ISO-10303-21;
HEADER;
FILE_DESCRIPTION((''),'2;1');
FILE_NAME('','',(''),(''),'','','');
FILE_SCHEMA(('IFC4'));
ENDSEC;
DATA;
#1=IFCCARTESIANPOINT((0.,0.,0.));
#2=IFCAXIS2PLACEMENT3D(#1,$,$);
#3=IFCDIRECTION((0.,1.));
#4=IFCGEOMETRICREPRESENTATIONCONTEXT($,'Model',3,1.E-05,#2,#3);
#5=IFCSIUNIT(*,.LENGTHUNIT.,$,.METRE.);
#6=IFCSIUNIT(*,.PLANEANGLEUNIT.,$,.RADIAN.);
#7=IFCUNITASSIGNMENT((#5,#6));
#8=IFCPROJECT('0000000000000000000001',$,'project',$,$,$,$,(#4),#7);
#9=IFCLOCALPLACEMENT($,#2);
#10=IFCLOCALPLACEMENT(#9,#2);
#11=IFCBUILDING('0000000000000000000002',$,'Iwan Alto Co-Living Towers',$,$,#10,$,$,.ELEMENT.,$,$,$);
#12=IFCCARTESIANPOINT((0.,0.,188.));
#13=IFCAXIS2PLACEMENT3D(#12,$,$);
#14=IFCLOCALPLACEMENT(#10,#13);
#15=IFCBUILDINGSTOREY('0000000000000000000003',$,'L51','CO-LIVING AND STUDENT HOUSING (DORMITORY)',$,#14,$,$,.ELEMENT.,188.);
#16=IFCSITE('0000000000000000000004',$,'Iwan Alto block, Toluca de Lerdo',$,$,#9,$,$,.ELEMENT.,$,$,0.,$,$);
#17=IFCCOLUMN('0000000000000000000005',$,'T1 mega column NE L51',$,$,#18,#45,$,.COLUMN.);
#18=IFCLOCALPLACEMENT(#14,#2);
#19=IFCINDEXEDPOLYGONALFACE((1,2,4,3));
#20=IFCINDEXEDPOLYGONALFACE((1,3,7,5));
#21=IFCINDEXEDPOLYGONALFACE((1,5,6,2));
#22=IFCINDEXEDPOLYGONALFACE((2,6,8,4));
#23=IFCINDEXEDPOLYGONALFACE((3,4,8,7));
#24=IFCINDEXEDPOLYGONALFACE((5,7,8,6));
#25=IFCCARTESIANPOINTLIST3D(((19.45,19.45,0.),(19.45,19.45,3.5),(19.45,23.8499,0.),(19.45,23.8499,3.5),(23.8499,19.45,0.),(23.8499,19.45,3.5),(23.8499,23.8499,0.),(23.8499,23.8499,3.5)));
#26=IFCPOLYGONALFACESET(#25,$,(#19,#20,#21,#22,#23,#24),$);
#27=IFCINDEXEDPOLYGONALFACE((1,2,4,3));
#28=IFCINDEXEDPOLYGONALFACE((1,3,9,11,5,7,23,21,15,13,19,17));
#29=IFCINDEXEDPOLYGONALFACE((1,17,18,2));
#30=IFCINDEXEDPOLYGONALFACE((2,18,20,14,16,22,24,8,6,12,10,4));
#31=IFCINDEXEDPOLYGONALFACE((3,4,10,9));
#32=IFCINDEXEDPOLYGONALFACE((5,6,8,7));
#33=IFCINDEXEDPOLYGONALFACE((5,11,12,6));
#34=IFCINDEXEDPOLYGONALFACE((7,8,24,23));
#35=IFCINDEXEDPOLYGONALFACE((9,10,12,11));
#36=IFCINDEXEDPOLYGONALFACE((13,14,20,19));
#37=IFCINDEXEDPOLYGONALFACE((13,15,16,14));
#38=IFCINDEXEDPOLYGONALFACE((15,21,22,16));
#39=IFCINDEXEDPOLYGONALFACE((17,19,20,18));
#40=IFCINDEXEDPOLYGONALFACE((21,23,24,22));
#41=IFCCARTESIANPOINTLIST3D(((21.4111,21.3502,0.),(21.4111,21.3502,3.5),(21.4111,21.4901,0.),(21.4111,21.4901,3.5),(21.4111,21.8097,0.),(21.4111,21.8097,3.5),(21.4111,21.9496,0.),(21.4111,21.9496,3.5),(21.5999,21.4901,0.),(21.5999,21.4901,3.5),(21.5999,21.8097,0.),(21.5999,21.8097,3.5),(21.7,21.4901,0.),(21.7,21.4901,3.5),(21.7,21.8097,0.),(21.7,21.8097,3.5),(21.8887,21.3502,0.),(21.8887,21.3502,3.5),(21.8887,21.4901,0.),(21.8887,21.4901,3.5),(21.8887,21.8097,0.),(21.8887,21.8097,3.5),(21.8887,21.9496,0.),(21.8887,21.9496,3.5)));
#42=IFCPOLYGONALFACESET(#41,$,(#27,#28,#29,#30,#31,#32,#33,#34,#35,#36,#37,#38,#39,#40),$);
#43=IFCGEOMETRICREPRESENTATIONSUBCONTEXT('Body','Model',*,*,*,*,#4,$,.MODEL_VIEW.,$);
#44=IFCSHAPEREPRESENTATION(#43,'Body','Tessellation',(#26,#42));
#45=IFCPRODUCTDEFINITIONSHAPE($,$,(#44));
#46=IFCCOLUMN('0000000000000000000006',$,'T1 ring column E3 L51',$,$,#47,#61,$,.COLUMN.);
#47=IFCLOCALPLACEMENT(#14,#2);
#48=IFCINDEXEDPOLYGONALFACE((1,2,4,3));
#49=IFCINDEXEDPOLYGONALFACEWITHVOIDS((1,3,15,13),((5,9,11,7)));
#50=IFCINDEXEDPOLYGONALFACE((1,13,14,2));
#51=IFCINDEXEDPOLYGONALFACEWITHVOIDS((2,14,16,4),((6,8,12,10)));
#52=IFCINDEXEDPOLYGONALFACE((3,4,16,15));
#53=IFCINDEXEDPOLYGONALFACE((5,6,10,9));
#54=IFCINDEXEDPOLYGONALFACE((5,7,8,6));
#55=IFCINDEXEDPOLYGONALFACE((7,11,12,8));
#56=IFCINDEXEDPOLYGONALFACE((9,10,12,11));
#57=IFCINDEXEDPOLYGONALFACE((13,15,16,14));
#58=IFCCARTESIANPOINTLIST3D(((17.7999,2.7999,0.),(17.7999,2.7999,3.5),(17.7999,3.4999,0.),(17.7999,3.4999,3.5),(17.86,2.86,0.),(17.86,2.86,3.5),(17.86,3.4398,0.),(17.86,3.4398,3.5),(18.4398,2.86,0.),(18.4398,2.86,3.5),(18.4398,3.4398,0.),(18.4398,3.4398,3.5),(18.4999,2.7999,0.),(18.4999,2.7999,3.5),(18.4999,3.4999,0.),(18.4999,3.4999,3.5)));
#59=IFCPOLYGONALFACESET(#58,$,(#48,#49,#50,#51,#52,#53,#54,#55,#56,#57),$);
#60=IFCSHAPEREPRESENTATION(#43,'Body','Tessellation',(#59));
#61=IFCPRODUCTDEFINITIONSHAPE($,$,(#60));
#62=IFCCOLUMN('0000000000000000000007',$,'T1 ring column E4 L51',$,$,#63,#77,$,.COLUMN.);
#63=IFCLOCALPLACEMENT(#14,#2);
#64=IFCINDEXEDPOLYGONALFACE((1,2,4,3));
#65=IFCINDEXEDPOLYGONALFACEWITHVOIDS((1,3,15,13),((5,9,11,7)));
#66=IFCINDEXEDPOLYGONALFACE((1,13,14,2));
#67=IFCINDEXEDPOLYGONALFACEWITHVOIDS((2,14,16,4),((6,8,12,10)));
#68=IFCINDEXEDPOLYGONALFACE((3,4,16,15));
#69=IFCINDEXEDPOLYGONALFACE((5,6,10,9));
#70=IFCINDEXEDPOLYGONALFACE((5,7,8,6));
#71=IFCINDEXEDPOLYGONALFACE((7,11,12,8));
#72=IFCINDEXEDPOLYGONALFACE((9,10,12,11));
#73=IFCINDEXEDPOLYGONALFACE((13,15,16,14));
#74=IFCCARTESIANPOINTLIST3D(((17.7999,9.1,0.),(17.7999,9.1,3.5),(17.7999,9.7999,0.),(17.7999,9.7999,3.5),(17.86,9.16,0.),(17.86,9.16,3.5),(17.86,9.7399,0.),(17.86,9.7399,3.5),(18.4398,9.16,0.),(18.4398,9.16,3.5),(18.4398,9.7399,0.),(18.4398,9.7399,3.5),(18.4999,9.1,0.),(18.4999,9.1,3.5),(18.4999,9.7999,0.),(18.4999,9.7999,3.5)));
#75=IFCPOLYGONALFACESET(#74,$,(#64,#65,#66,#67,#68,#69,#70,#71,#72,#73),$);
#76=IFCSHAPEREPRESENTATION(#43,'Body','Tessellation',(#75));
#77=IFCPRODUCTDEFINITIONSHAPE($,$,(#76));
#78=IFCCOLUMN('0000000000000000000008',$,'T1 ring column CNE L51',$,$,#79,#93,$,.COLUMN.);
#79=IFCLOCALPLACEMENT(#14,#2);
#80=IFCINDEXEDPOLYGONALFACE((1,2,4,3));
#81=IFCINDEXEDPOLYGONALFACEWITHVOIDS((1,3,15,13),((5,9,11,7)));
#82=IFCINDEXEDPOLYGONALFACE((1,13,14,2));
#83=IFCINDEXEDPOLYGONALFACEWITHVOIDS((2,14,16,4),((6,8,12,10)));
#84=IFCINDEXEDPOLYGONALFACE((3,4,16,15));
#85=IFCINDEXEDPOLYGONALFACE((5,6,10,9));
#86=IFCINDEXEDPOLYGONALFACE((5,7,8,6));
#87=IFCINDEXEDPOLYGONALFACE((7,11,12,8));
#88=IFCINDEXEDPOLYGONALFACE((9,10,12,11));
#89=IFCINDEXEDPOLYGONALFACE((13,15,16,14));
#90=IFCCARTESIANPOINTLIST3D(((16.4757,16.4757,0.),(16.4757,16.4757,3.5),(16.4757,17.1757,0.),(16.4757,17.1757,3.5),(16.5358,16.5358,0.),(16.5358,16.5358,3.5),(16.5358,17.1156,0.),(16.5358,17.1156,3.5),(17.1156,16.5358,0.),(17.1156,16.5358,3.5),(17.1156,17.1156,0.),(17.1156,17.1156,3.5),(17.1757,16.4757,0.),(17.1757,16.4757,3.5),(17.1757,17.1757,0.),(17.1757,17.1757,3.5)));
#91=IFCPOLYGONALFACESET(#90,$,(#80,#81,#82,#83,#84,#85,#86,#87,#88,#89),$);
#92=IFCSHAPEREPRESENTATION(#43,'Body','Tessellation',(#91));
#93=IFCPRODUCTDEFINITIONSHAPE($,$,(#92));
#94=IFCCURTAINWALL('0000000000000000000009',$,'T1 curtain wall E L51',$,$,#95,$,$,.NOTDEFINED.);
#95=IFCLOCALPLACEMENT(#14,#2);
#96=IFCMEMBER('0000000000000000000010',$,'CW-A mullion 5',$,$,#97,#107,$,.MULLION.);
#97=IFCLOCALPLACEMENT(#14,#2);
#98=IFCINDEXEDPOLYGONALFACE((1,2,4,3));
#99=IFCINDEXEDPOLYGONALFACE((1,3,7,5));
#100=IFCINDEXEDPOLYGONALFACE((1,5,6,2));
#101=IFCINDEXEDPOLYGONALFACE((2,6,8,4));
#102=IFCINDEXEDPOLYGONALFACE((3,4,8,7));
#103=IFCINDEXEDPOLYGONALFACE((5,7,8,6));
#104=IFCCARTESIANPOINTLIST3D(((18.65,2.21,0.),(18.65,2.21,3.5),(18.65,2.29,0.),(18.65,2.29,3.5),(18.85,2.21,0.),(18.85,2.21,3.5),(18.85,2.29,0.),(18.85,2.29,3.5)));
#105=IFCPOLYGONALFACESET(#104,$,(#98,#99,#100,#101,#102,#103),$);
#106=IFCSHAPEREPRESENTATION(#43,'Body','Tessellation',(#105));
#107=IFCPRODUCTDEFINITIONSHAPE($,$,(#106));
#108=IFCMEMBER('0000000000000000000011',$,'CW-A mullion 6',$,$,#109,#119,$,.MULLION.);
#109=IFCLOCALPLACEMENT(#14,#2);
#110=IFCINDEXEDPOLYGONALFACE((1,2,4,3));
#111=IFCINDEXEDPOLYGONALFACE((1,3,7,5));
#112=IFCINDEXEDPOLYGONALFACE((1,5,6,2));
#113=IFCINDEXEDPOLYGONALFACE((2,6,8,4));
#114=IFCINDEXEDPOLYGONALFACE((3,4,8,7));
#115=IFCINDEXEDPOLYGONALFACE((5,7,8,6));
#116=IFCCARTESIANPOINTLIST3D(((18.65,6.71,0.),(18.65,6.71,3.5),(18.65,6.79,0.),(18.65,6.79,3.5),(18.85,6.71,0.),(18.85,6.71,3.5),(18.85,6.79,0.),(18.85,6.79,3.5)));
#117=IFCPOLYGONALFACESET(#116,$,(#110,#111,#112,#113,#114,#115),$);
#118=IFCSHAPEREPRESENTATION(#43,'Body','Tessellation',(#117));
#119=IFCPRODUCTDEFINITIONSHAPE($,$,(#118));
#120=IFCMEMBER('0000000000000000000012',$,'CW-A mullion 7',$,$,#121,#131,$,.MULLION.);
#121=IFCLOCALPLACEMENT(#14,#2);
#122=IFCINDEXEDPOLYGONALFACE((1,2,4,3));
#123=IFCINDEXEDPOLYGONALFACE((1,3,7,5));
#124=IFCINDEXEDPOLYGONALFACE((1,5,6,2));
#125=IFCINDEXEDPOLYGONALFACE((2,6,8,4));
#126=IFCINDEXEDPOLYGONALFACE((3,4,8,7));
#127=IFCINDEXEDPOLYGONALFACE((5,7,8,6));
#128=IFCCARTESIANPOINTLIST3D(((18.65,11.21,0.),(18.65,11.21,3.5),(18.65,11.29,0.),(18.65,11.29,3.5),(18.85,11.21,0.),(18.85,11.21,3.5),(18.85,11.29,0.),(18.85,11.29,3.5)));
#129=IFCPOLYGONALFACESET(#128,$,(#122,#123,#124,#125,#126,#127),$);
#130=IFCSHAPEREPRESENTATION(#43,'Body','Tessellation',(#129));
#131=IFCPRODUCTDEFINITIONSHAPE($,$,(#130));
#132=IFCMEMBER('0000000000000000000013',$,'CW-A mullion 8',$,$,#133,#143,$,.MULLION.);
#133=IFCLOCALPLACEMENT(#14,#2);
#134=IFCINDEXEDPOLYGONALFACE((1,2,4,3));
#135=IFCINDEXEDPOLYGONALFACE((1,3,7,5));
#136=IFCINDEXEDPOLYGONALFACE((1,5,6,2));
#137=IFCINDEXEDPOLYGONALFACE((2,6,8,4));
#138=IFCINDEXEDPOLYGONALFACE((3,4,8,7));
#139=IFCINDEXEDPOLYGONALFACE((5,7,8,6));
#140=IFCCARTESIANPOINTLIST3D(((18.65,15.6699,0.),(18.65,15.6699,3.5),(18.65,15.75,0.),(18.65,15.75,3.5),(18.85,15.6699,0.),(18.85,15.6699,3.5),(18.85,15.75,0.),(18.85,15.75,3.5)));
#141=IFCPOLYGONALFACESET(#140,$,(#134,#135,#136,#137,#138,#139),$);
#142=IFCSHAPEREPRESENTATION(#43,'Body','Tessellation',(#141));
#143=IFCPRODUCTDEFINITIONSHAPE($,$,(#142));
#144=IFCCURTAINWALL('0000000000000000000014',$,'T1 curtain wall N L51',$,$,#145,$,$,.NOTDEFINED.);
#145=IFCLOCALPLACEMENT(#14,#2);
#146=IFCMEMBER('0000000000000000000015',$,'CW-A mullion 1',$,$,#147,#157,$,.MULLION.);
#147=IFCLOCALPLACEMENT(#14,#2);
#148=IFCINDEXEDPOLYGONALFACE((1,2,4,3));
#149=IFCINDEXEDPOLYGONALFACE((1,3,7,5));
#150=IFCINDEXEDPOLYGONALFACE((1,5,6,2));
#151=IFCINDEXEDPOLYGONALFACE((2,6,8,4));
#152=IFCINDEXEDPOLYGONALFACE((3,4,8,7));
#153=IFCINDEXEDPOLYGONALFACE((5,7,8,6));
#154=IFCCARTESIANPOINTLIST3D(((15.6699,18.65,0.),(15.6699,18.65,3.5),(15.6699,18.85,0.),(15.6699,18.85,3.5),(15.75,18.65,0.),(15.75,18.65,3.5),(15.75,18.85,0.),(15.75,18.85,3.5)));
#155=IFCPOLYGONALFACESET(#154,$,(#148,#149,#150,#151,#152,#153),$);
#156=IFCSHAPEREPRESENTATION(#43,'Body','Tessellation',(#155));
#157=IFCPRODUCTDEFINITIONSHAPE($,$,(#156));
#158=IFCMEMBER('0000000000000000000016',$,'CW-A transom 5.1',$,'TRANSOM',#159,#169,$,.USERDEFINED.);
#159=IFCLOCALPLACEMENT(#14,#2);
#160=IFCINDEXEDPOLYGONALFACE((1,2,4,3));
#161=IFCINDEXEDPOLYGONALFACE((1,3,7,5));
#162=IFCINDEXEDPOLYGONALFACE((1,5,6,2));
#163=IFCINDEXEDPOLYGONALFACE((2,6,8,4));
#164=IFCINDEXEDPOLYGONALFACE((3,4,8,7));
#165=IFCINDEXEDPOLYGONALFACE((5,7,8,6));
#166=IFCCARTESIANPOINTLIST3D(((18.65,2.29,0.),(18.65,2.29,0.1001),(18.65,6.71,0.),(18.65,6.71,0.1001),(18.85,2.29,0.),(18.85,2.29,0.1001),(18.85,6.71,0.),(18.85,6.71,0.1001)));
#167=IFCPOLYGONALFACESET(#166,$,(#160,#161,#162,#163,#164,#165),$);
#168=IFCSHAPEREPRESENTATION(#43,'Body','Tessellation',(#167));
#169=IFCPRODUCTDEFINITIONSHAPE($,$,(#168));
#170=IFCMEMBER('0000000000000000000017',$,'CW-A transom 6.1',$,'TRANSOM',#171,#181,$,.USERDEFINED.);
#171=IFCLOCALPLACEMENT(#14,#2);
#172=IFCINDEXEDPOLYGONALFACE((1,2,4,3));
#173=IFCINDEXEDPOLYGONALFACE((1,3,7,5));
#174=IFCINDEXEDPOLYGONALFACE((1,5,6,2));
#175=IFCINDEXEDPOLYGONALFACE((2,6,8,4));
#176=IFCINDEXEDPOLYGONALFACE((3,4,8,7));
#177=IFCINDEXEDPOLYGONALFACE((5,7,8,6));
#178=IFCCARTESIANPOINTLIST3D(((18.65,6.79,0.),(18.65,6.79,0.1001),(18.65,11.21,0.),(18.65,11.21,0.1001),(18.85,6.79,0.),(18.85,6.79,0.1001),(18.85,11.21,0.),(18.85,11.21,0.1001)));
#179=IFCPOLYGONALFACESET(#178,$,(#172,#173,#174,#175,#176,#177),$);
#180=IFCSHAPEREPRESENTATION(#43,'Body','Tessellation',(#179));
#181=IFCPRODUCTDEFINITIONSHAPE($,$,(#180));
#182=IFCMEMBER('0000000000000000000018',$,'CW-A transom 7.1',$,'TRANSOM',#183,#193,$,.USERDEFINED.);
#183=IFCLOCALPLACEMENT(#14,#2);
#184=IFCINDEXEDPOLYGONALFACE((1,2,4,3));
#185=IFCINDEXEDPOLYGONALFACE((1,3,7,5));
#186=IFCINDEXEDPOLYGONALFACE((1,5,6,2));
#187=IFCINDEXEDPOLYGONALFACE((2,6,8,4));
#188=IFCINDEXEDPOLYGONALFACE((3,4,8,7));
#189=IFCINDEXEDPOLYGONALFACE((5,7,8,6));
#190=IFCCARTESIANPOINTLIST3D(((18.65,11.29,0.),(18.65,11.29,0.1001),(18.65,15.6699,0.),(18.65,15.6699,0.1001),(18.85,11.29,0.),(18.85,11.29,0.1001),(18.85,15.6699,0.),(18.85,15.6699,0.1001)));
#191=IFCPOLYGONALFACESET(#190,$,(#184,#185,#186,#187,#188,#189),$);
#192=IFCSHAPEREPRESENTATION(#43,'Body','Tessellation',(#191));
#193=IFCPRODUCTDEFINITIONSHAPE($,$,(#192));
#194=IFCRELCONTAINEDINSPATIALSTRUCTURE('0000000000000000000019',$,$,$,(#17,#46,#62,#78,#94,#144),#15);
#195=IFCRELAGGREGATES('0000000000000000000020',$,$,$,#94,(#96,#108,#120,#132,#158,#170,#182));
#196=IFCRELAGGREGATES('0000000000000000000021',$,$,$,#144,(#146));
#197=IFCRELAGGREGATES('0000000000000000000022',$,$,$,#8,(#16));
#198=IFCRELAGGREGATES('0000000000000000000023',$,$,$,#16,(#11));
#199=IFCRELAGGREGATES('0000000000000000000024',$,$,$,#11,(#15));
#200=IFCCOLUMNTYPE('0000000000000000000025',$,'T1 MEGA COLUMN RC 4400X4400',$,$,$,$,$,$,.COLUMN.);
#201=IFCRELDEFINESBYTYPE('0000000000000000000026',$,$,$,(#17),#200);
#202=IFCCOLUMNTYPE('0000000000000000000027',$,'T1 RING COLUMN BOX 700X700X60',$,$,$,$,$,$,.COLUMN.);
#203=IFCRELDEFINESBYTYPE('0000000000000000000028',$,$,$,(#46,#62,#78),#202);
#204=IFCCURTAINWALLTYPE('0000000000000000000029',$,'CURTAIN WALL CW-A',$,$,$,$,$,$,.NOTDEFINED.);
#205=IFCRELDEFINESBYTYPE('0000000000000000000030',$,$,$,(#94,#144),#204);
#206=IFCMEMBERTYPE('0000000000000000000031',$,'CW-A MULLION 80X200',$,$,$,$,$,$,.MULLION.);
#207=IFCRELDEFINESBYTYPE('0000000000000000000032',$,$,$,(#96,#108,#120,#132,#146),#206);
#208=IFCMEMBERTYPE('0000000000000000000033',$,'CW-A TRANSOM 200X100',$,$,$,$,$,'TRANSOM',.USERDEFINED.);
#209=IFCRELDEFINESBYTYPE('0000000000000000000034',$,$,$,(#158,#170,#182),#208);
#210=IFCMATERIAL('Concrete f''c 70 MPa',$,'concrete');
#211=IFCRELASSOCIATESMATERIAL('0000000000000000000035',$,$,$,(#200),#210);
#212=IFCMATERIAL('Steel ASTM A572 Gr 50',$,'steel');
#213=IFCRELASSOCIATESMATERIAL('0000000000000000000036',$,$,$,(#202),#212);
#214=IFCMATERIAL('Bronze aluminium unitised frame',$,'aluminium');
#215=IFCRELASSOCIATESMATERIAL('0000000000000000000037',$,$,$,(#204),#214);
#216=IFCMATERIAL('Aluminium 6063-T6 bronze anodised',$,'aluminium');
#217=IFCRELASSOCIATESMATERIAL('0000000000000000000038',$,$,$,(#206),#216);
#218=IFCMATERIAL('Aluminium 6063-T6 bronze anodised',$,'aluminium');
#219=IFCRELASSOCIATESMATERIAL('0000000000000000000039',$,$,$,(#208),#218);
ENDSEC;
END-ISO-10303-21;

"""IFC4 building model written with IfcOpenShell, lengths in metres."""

from ifc_helpers import new_model, si_unit, direction, frame, origin, origin_2d, place, context, subcontext, project, spatial, rectangle, hollow_rectangle, i_section, extrude, material, material_profile, profile_set, type_object, element, aggregate, save


model = new_model("IFC4")

# Units and contexts
model_context = context("Model", 3, precision=1e-05, world=origin(), true_north=direction((0.0, 1.0)))
body_context = subcontext(model_context, "Body", "Model", "MODEL_VIEW")
ifc_project = project(units=[si_unit("LENGTHUNIT", "METRE"), si_unit("PLANEANGLEUNIT", "RADIAN")], contexts=[model_context])

# Site, building, storey
site_placement = place(None, origin())
site = spatial("IfcSite", under=ifc_project, at=site_placement, Name="Iwan Alto block, Toluca de Lerdo", CompositionType="ELEMENT", RefElevation=0.0)
building_placement = place(site_placement, origin())
building = spatial("IfcBuilding", under=site, at=building_placement, Name="Iwan Alto Co-Living Towers", CompositionType="ELEMENT")
storey_placement = place(building_placement, frame((0.0, 0.0, 188.0)))
storey = spatial("IfcBuildingStorey", under=building, at=storey_placement, Name="L51", Description="CO-LIVING AND STUDENT HOUSING (DORMITORY)", CompositionType="ELEMENT", Elevation=188.0)

# Columns
ifc_material_1 = material(Name="Concrete f'c 70 MPa", Category="concrete")
ifc_material_profile_1 = material_profile(ifc_material_1, rectangle(XDim=4.3999, YDim=4.3999, at=origin_2d()), Name="RC 4400X4400")
ifc_profile_set_1 = profile_set([ifc_material_profile_1], Name="Concrete f'c 70 MPa")
column_type_1 = type_object("IfcColumnType", Name="T1 MEGA COLUMN RC 4400X4400", PredefinedType="COLUMN", material=ifc_profile_set_1)
column_placement = place(storey_placement, frame((21.6499, 21.6499, 0.0), z_axis=(0.0, 0.0, 1.0), x_axis=(1.0, 0.0, 0.0)))
element("IfcColumn", 1, at=column_placement, inside=storey, type_object=column_type_1, Name="T1 mega column NE L51", PredefinedType="COLUMN", context=body_context, shape_type="SweptSolid", body=[
    extrude(rectangle(XDim=4.3999, YDim=4.3999, at=origin_2d()), origin(), (0.0, 0.0, 1.0), 3.5),
    extrude(i_section(OverallWidth=0.4775, OverallDepth=0.5994, WebThickness=0.1001, FlangeThickness=0.1399, at=origin_2d()), origin(), (0.0, 0.0, 1.0), 3.5),
])
ifc_material_2 = material(Name="Steel ASTM A572 Gr 50", Category="steel")
ifc_material_profile_2 = material_profile(ifc_material_2, hollow_rectangle(XDim=0.7, YDim=0.7, WallThickness=0.0601, at=origin_2d()), Name="BOX 700X700X60")
ifc_profile_set_2 = profile_set([ifc_material_profile_2], Name="Steel ASTM A572 Gr 50")
column_type_2 = type_object("IfcColumnType", Name="T1 RING COLUMN BOX 700X700X60", PredefinedType="COLUMN", material=ifc_profile_set_2)
for number, where, z_axis, x_axis, name in (
    (2, (18.1499, 3.1499, 0.0), (0.0, 0.0, 1.0), (1.0, 0.0, 0.0), "T1 ring column E3 L51"),
    (3, (18.1499, 9.45, 0.0), (0.0, 0.0, 1.0), (1.0, 0.0, 0.0), "T1 ring column E4 L51"),
    (4, (16.8257, 16.8257, 0.0), (0.0, 0.0, 1.0), (1.0, 0.0, 0.0), "T1 ring column CNE L51"),
):
    element("IfcColumn", number, at=place(storey_placement, frame(where, z_axis=z_axis, x_axis=x_axis)), inside=storey, type_object=column_type_2, Name=name, PredefinedType="COLUMN", context=body_context, shape_type="SweptSolid", body=[
        extrude(hollow_rectangle(XDim=0.7, YDim=0.7, WallThickness=0.0601, at=origin_2d()), origin(), (0.0, 0.0, 1.0), 3.5),
    ])

# Curtain wall, members
ifc_material_3 = material(Name="Bronze aluminium unitised frame", Category="aluminium")
curtain_wall_type_1 = type_object("IfcCurtainWallType", Name="CURTAIN WALL CW-A", PredefinedType="NOTDEFINED", material=ifc_material_3)
curtain_wall_1_placement = place(storey_placement, origin())
curtain_wall_1 = element("IfcCurtainWall", 5, at=curtain_wall_1_placement, inside=storey, type_object=curtain_wall_type_1, Name="T1 curtain wall E L51", PredefinedType="NOTDEFINED")
ifc_material_4 = material(Name="Aluminium 6063-T6 bronze anodised", Category="aluminium")
ifc_material_profile_3 = material_profile(ifc_material_4, rectangle(XDim=0.2, YDim=0.0801, at=origin_2d()), Name="AL 80X200")
ifc_profile_set_3 = profile_set([ifc_material_profile_3], Name="Aluminium 6063-T6 bronze anodised")
member_type_1 = type_object("IfcMemberType", Name="CW-A MULLION 80X200", PredefinedType="MULLION", material=ifc_profile_set_3)
member_1_placement = place(storey_placement, frame((18.75, 2.25, 0.0), z_axis=(0.0, 0.0, 1.0), x_axis=(-1.0, 0.0, 0.0)))
member_1 = element("IfcMember", 6, at=member_1_placement, type_object=member_type_1, Name="CW-A mullion 5", PredefinedType="MULLION", context=body_context, shape_type="SweptSolid", body=[
    extrude(rectangle(XDim=0.2, YDim=0.0801, at=origin_2d()), origin(), (0.0, 0.0, 1.0), 3.5),
])
member_2_placement = place(storey_placement, frame((18.75, 6.75, 0.0), z_axis=(0.0, 0.0, 1.0), x_axis=(-1.0, 0.0, 0.0)))
member_2 = element("IfcMember", 7, at=member_2_placement, type_object=member_type_1, Name="CW-A mullion 6", PredefinedType="MULLION", context=body_context, shape_type="SweptSolid", body=[
    extrude(rectangle(XDim=0.2, YDim=0.0801, at=origin_2d()), origin(), (0.0, 0.0, 1.0), 3.5),
])
member_3_placement = place(storey_placement, frame((18.75, 11.25, 0.0), z_axis=(0.0, 0.0, 1.0), x_axis=(-1.0, 0.0, 0.0)))
member_3 = element("IfcMember", 8, at=member_3_placement, type_object=member_type_1, Name="CW-A mullion 7", PredefinedType="MULLION", context=body_context, shape_type="SweptSolid", body=[
    extrude(rectangle(XDim=0.2, YDim=0.0801, at=origin_2d()), origin(), (0.0, 0.0, 1.0), 3.5),
])
member_4_placement = place(storey_placement, frame((18.75, 15.71, 0.0), z_axis=(0.0, 0.0, 1.0), x_axis=(-1.0, 0.0, 0.0)))
member_4 = element("IfcMember", 9, at=member_4_placement, type_object=member_type_1, Name="CW-A mullion 8", PredefinedType="MULLION", context=body_context, shape_type="SweptSolid", body=[
    extrude(rectangle(XDim=0.2, YDim=0.0801, at=origin_2d()), origin(), (0.0, 0.0, 1.0), 3.5),
])

# Curtain wall, member
curtain_wall_2_placement = place(storey_placement, origin())
curtain_wall_2 = element("IfcCurtainWall", 10, at=curtain_wall_2_placement, inside=storey, type_object=curtain_wall_type_1, Name="T1 curtain wall N L51", PredefinedType="NOTDEFINED")
member_5_placement = place(storey_placement, frame((15.71, 18.75, 0.0), z_axis=(0.0, 0.0, 1.0), x_axis=(0.0, -1.0, 0.0)))
member_5 = element("IfcMember", 11, at=member_5_placement, type_object=member_type_1, Name="CW-A mullion 1", PredefinedType="MULLION", context=body_context, shape_type="SweptSolid", body=[
    extrude(rectangle(XDim=0.2, YDim=0.0801, at=origin_2d()), origin(), (0.0, 0.0, 1.0), 3.5),
])

# Members
ifc_material_5 = material(Name="Aluminium 6063-T6 bronze anodised", Category="aluminium")
ifc_material_profile_4 = material_profile(ifc_material_5, rectangle(XDim=0.2, YDim=0.1001, at=origin_2d()), Name="AL 200X100")
ifc_profile_set_4 = profile_set([ifc_material_profile_4], Name="Aluminium 6063-T6 bronze anodised")
member_type_2 = type_object("IfcMemberType", Name="CW-A TRANSOM 200X100", ElementType="TRANSOM", PredefinedType="USERDEFINED", material=ifc_profile_set_4)
member_6_placement = place(storey_placement, frame((18.75, 2.29, 0.05), z_axis=(0.0, 1.0, 0.0), x_axis=(-1.0, 0.0, 0.0)))
member_6 = element("IfcMember", 12, at=member_6_placement, type_object=member_type_2, Name="CW-A transom 5.1", ObjectType="TRANSOM", PredefinedType="USERDEFINED", context=body_context, shape_type="SweptSolid", body=[
    extrude(rectangle(XDim=0.2, YDim=0.1001, at=origin_2d()), origin(), (0.0, 0.0, 1.0), 4.4199),
])
member_7_placement = place(storey_placement, frame((18.75, 6.79, 0.05), z_axis=(0.0, 1.0, 0.0), x_axis=(-1.0, 0.0, 0.0)))
member_7 = element("IfcMember", 13, at=member_7_placement, type_object=member_type_2, Name="CW-A transom 6.1", ObjectType="TRANSOM", PredefinedType="USERDEFINED", context=body_context, shape_type="SweptSolid", body=[
    extrude(rectangle(XDim=0.2, YDim=0.1001, at=origin_2d()), origin(), (0.0, 0.0, 1.0), 4.4199),
])
member_8_placement = place(storey_placement, frame((18.75, 11.29, 0.05), z_axis=(0.0, 1.0, 0.0), x_axis=(-1.0, 0.0, 0.0)))
member_8 = element("IfcMember", 14, at=member_8_placement, type_object=member_type_2, Name="CW-A transom 7.1", ObjectType="TRANSOM", PredefinedType="USERDEFINED", context=body_context, shape_type="SweptSolid", body=[
    extrude(rectangle(XDim=0.2, YDim=0.1001, at=origin_2d()), origin(), (0.0, 0.0, 1.0), 4.3799),
])

aggregate(curtain_wall_1, [member_1, member_2, member_3, member_4, member_6, member_7, member_8])
aggregate(curtain_wall_2, [member_5])

save(model, "model.ifc")
